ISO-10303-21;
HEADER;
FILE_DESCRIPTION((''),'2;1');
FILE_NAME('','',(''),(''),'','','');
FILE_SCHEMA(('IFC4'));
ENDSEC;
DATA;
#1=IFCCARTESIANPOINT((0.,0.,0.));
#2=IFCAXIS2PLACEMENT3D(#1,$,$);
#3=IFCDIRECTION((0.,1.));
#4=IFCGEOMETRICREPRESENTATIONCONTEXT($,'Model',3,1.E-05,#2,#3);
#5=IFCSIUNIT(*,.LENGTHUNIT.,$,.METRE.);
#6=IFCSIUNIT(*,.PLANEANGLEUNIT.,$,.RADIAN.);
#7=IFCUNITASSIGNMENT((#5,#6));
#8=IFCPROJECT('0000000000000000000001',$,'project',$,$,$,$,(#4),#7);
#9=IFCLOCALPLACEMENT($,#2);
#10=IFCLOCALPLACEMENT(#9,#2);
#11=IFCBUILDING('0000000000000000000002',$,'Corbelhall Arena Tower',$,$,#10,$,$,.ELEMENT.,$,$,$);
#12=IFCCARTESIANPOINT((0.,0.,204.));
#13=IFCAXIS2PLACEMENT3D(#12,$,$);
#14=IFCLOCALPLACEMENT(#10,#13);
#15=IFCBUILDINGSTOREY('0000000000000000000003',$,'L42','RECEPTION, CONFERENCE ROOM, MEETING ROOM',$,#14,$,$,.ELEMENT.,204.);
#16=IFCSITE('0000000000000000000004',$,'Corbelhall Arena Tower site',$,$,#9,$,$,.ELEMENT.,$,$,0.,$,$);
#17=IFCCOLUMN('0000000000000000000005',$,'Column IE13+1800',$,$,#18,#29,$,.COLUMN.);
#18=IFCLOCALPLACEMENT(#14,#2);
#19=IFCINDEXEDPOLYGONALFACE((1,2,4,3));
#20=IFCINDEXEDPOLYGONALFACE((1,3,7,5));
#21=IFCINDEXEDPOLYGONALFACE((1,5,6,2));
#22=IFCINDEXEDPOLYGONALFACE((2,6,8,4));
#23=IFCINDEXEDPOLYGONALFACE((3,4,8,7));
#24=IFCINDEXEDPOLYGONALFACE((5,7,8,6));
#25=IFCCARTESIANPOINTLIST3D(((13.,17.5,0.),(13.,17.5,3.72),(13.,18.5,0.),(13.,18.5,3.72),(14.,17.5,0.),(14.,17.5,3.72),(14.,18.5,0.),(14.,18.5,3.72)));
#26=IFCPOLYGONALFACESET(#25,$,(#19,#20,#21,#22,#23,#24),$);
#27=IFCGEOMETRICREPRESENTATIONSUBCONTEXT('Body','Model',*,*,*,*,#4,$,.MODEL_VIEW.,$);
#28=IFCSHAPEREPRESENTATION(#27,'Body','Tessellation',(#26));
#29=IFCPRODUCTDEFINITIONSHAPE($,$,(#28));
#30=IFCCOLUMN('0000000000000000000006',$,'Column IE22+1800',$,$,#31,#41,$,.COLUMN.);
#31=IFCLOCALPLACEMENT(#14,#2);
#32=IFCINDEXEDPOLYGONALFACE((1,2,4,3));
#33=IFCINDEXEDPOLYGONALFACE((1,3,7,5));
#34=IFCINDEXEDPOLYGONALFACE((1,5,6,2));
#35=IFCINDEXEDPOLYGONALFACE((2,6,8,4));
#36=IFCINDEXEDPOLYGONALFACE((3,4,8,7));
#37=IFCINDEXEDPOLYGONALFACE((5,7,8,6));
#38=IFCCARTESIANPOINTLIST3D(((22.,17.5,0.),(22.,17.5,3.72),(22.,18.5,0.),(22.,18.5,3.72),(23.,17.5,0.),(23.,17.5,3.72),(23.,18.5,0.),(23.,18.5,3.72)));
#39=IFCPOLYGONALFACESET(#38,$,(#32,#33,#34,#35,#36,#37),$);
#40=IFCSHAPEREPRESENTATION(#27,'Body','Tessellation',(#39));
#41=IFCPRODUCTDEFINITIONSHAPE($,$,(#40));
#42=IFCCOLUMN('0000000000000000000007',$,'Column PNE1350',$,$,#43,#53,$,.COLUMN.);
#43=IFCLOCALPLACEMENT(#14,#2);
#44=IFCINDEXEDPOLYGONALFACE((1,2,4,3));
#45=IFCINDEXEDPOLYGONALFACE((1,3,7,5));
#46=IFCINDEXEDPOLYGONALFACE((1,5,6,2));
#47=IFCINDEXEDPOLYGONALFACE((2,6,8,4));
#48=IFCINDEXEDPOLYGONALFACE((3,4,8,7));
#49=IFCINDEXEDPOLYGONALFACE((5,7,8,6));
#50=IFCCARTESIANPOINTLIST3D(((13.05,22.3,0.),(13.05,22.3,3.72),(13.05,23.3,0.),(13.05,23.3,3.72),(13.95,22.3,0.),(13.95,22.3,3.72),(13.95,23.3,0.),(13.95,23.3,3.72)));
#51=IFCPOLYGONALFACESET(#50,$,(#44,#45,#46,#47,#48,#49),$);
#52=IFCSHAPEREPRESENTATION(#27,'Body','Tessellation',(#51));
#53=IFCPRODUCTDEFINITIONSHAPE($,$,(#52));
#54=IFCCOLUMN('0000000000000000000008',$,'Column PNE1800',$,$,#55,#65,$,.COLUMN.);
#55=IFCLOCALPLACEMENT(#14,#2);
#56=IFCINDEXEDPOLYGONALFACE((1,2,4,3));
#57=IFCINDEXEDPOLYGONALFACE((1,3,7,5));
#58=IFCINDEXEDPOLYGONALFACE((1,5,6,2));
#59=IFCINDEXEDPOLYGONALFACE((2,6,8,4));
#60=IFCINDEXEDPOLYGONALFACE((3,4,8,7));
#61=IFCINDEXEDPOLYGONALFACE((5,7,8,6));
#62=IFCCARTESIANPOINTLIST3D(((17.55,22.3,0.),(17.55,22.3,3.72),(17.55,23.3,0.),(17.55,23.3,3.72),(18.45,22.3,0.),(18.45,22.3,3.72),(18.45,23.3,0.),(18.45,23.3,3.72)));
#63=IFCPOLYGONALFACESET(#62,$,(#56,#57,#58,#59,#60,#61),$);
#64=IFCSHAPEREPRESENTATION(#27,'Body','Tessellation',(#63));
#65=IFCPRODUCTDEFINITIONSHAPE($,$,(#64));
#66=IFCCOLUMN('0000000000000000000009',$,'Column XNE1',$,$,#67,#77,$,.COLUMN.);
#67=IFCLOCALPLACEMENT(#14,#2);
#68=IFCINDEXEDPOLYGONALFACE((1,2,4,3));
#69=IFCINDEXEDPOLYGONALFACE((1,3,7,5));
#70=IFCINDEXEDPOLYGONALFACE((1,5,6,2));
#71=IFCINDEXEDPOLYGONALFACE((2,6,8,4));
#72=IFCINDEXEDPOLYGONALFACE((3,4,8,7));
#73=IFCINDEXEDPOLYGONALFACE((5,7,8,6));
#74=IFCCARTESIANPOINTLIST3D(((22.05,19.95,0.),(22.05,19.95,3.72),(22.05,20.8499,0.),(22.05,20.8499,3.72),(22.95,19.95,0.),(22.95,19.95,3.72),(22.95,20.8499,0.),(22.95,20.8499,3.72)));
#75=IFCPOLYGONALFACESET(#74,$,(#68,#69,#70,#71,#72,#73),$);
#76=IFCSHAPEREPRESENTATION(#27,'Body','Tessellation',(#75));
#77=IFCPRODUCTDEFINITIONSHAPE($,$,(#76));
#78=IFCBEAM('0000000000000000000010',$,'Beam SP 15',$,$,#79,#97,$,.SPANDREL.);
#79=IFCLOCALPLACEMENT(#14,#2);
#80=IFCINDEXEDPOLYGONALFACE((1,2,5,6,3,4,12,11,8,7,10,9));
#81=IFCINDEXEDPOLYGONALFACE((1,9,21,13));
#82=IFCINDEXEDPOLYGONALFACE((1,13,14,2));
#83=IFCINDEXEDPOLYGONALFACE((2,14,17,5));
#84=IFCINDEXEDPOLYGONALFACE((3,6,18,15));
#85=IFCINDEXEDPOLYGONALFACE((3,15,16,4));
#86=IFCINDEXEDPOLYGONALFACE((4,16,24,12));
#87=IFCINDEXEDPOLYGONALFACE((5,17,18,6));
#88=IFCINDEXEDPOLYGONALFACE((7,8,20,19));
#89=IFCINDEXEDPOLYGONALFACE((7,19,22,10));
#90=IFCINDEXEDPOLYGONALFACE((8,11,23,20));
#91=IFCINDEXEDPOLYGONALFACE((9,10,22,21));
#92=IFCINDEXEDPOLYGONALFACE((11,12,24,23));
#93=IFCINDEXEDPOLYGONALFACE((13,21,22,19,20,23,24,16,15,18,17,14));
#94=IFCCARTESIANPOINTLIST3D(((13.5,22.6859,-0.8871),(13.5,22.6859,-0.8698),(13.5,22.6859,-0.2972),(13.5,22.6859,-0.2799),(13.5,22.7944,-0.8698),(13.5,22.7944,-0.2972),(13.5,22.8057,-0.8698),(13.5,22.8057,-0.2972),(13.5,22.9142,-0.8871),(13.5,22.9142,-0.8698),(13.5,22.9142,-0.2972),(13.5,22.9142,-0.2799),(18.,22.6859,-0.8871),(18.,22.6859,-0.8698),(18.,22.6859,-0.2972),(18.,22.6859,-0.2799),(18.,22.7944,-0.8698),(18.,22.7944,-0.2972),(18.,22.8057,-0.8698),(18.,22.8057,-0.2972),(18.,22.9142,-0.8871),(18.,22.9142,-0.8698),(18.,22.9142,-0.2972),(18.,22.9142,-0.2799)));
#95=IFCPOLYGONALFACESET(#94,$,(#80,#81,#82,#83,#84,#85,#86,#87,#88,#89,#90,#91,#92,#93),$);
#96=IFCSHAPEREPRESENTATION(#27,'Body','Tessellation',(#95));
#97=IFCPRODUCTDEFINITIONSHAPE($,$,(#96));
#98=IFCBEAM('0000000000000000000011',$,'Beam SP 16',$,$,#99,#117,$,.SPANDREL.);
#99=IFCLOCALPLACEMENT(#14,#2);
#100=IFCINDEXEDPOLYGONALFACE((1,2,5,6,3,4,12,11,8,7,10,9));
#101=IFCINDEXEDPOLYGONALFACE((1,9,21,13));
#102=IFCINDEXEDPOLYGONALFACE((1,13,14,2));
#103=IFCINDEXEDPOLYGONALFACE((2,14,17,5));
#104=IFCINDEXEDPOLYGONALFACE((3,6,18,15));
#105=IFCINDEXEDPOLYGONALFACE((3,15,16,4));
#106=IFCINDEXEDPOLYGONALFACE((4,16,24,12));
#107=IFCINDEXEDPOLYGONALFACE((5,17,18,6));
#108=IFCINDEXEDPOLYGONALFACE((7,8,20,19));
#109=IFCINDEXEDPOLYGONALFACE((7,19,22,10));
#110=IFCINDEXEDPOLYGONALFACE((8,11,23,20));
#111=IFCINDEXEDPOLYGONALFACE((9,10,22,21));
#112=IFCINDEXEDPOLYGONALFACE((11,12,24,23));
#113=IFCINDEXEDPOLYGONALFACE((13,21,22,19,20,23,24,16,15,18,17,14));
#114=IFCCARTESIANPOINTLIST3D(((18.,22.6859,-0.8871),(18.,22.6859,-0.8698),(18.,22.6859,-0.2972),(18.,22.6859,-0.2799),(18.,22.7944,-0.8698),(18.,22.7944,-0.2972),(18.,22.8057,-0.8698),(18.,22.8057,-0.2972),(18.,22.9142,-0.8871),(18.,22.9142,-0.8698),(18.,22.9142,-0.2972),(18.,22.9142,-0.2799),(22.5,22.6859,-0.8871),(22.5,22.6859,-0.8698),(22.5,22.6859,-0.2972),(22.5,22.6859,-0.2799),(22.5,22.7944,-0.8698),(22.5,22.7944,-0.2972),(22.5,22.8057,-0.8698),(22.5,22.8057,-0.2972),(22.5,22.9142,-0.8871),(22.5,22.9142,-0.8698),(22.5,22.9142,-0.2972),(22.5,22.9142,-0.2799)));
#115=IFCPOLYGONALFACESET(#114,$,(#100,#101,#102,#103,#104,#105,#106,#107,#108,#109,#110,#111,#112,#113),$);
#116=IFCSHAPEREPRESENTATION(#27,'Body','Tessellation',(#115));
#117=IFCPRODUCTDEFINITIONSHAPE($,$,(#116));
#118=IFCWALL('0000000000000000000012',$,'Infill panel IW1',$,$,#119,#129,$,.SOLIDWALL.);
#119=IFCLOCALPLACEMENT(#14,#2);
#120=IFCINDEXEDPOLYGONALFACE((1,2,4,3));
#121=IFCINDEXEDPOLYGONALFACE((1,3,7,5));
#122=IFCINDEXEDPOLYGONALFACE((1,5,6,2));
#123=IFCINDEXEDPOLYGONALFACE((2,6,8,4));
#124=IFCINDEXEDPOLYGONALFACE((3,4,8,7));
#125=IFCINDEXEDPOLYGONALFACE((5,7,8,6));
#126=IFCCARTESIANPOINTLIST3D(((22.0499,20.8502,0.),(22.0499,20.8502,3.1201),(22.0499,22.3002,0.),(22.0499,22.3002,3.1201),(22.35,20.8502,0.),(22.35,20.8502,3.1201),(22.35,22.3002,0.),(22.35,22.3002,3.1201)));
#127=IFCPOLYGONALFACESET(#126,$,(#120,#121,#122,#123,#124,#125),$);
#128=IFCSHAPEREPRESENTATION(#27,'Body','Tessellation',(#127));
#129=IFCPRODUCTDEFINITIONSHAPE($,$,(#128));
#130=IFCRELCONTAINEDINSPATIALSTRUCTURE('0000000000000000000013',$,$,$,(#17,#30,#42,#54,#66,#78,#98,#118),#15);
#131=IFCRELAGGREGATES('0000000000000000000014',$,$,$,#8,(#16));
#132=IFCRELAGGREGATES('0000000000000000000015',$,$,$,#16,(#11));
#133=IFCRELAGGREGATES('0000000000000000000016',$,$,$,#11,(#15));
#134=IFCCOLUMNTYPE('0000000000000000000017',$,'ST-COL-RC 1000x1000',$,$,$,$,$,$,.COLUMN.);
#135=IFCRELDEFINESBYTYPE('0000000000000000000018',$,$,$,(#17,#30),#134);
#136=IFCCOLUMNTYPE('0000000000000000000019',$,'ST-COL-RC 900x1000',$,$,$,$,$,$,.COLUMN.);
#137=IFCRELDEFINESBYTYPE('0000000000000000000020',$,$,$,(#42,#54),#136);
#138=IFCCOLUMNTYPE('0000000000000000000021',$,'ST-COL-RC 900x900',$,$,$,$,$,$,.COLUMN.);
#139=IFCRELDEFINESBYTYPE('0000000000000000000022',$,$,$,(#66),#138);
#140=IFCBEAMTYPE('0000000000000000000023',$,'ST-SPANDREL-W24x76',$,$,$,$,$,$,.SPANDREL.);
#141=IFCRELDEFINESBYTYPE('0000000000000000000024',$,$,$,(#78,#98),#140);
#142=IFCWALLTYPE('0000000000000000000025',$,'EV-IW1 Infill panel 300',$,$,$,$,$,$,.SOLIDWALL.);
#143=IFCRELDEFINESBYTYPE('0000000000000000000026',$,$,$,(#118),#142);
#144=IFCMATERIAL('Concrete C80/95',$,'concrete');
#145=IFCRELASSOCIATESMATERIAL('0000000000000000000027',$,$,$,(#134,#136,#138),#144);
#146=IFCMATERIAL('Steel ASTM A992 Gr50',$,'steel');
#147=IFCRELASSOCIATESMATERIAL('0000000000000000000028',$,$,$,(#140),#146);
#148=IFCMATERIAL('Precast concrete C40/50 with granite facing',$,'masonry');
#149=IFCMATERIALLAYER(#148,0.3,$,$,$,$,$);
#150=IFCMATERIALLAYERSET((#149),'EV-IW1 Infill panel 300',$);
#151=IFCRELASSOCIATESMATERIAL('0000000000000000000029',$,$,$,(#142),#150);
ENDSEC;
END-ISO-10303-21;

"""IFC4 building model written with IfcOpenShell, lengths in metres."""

from ifc_helpers import new_model, si_unit, direction, frame, frame_2d, origin, origin_2d, place, context, subcontext, project, spatial, rectangle, i_section, extrude, material, layer, layer_set, material_profile, profile_set, type_object, element, save


model = new_model("IFC4")

# Units and contexts
model_context = context("Model", 3, precision=1e-05, world=origin(), true_north=direction((0.0, 1.0)))
body_context = subcontext(model_context, "Body", "Model", "MODEL_VIEW")
ifc_project = project(units=[si_unit("LENGTHUNIT", "METRE"), si_unit("PLANEANGLEUNIT", "RADIAN")], contexts=[model_context])

# Site, building, storey
site_placement = place(None, origin())
site = spatial("IfcSite", under=ifc_project, at=site_placement, Name="Corbelhall Arena Tower site", CompositionType="ELEMENT", RefElevation=0.0)
building_placement = place(site_placement, origin())
building = spatial("IfcBuilding", under=site, at=building_placement, Name="Corbelhall Arena Tower", CompositionType="ELEMENT")
storey_placement = place(building_placement, frame((0.0, 0.0, 204.0)))
storey = spatial("IfcBuildingStorey", under=building, at=storey_placement, Name="L42", Description="RECEPTION, CONFERENCE ROOM, MEETING ROOM", CompositionType="ELEMENT", Elevation=204.0)

# Columns
ifc_material_1 = material(Name="Concrete C80/95", Category="concrete")
ifc_material_profile_1 = material_profile(ifc_material_1, rectangle(XDim=1.0, YDim=1.0, at=origin_2d()))
ifc_profile_set_1 = profile_set([ifc_material_profile_1], Name="Concrete C80/95")
column_type_1 = type_object("IfcColumnType", Name="ST-COL-RC 1000x1000", PredefinedType="COLUMN", material=ifc_profile_set_1)
for number, where, z_axis, x_axis, name in (
    (1, (13.5, 18.0, 0.0), (0.0, 0.0, 1.0), (1.0, 0.0, 0.0), "Column IE13+1800"),
    (2, (22.5, 18.0, 0.0), (0.0, 0.0, 1.0), (1.0, 0.0, 0.0), "Column IE22+1800"),
):
    element("IfcColumn", number, at=place(storey_placement, frame(where, z_axis=z_axis, x_axis=x_axis)), inside=storey, type_object=column_type_1, Name=name, PredefinedType="COLUMN", context=body_context, shape_type="SweptSolid", body=[
        extrude(rectangle(XDim=1.0, YDim=1.0, at=origin_2d()), origin(), (0.0, 0.0, 1.0), 3.72),
    ])
ifc_material_profile_2 = material_profile(ifc_material_1, rectangle(XDim=0.8999, YDim=1.0, at=origin_2d()))
ifc_profile_set_2 = profile_set([ifc_material_profile_2], Name="Concrete C80/95")
column_type_2 = type_object("IfcColumnType", Name="ST-COL-RC 900x1000", PredefinedType="COLUMN", material=ifc_profile_set_2)
for number, where, z_axis, x_axis, name in (
    (3, (13.5, 22.8, 0.0), (0.0, 0.0, 1.0), (1.0, 0.0, 0.0), "Column PNE1350"),
    (4, (18.0, 22.8, 0.0), (0.0, 0.0, 1.0), (1.0, 0.0, 0.0), "Column PNE1800"),
):
    element("IfcColumn", number, at=place(storey_placement, frame(where, z_axis=z_axis, x_axis=x_axis)), inside=storey, type_object=column_type_2, Name=name, PredefinedType="COLUMN", context=body_context, shape_type="SweptSolid", body=[
        extrude(rectangle(XDim=0.8999, YDim=1.0, at=origin_2d()), origin(), (0.0, 0.0, 1.0), 3.72),
    ])
ifc_material_profile_3 = material_profile(ifc_material_1, rectangle(XDim=0.8999, YDim=0.8999, at=origin_2d()))
ifc_profile_set_3 = profile_set([ifc_material_profile_3], Name="Concrete C80/95")
column_type_3 = type_object("IfcColumnType", Name="ST-COL-RC 900x900", PredefinedType="COLUMN", material=ifc_profile_set_3)
column_placement = place(storey_placement, frame((22.5, 20.3999, 0.0), z_axis=(0.0, 0.0, 1.0), x_axis=(1.0, 0.0, 0.0)))
element("IfcColumn", 5, at=column_placement, inside=storey, type_object=column_type_3, Name="Column XNE1", PredefinedType="COLUMN", context=body_context, shape_type="SweptSolid", body=[
    extrude(rectangle(XDim=0.8999, YDim=0.8999, at=origin_2d()), origin(), (0.0, 0.0, 1.0), 3.72),
])

# Beams
ifc_material_2 = material(Name="Steel ASTM A992 Gr50", Category="steel")
ifc_material_profile_4 = material_profile(ifc_material_2, i_section(OverallWidth=0.2283, OverallDepth=0.6072, WebThickness=0.0112, FlangeThickness=0.0173, at=origin_2d()))
ifc_profile_set_4 = profile_set([ifc_material_profile_4], Name="Steel ASTM A992 Gr50")
beam_type = type_object("IfcBeamType", Name="ST-SPANDREL-W24x76", PredefinedType="SPANDREL", material=ifc_profile_set_4)
for number, where, z_axis, x_axis, name in (
    (6, (13.5, 22.8, -0.5835), (1.0, 0.0, 0.0), (0.0, 1.0, 0.0), "Beam SP 15"),
    (7, (18.0, 22.8, -0.5835), (1.0, 0.0, 0.0), (0.0, 1.0, 0.0), "Beam SP 16"),
):
    element("IfcBeam", number, at=place(storey_placement, frame(where, z_axis=z_axis, x_axis=x_axis)), inside=storey, type_object=beam_type, Name=name, PredefinedType="SPANDREL", context=body_context, shape_type="SweptSolid", body=[
        extrude(i_section(OverallWidth=0.2283, OverallDepth=0.6072, WebThickness=0.0112, FlangeThickness=0.0173, at=origin_2d()), origin(), (0.0, 0.0, 1.0), 4.5),
    ])

# Wall
ifc_material_3 = material(Name="Precast concrete C40/50 with granite facing", Category="masonry")
ifc_layer_1 = layer(ifc_material_3, 0.3)
ifc_layer_set_1 = layer_set([ifc_layer_1], Name="EV-IW1 Infill panel 300")
wall_type_1 = type_object("IfcWallType", Name="EV-IW1 Infill panel 300", PredefinedType="SOLIDWALL", material=ifc_layer_set_1)
wall_1_placement = place(storey_placement, frame((22.2, 20.8501, 0.0), z_axis=(0.0, 0.0, 1.0), x_axis=(0.0, 1.0, 0.0)))
element("IfcWall", 8, at=wall_1_placement, inside=storey, type_object=wall_type_1, Name="Infill panel IW1", PredefinedType="SOLIDWALL", context=body_context, shape_type="SweptSolid", body=[
    extrude(rectangle(XDim=1.45, YDim=0.3, at=frame_2d((0.7251, 0.0))), origin(), (0.0, 0.0, 1.0), 3.1201),
])

save(model, "model.ifc")
